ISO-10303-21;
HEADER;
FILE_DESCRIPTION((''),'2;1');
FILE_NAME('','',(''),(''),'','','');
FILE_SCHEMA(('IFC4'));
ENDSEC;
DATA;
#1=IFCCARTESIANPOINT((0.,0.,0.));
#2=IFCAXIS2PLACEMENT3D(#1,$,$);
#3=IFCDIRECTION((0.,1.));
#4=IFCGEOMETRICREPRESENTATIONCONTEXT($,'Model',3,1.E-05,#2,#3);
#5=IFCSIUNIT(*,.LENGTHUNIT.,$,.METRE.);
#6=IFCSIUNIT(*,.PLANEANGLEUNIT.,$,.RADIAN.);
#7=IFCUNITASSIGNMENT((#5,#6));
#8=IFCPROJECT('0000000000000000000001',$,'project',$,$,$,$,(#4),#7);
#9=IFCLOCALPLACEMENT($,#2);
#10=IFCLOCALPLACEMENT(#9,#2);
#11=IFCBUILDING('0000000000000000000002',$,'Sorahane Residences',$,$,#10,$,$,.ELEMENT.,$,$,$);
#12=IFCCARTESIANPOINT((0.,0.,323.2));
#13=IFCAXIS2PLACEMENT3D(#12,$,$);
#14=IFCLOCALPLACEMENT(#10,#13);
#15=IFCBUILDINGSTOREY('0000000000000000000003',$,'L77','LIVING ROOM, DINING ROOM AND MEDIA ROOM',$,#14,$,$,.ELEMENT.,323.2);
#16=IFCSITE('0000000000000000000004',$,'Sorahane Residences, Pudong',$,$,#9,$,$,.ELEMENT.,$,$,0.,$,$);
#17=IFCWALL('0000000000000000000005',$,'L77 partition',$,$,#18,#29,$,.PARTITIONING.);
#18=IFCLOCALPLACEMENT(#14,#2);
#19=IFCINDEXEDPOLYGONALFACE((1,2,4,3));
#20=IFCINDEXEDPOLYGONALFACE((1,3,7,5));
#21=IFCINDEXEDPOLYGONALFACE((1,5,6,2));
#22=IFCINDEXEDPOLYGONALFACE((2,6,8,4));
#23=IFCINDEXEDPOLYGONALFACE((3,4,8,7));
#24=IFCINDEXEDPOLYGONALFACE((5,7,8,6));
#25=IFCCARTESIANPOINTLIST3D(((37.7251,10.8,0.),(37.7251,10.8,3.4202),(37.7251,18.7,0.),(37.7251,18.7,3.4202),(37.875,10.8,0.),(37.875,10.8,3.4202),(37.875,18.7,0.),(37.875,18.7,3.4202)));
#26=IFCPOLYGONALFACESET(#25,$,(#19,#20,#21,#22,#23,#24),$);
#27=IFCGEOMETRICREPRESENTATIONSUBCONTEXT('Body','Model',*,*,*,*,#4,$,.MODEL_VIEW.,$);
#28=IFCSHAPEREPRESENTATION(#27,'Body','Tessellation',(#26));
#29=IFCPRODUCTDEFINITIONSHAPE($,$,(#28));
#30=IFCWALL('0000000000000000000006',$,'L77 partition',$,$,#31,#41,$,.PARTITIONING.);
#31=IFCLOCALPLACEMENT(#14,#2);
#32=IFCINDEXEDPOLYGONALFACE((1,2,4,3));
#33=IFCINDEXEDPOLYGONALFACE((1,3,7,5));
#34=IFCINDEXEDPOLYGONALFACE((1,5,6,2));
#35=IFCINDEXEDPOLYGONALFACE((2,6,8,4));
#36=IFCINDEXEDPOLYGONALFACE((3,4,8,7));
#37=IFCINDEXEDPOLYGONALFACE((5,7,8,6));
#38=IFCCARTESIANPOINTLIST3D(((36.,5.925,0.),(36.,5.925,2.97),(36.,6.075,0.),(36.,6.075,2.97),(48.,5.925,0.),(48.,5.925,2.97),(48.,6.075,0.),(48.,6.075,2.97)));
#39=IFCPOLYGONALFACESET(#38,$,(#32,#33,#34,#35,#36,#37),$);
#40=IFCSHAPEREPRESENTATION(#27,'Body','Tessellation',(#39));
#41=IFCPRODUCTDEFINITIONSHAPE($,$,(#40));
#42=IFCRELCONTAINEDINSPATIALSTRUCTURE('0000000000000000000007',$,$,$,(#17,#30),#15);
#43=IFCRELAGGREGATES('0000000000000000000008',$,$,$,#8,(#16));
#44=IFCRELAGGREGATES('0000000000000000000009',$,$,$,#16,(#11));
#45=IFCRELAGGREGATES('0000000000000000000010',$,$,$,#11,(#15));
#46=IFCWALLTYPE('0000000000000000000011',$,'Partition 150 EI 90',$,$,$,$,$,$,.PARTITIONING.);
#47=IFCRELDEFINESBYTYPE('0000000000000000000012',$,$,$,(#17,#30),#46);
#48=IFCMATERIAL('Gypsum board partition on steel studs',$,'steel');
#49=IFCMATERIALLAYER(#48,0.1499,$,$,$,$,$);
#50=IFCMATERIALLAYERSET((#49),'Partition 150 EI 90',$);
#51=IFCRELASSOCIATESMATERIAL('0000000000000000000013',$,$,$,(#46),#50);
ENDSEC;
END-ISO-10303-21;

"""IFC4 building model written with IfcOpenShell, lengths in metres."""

from ifc_helpers import new_model, si_unit, direction, frame, frame_2d, origin, place, context, subcontext, project, spatial, rectangle, extrude, material, layer, layer_set, type_object, element, save


model = new_model("IFC4")

# Units and contexts
model_context = context("Model", 3, precision=1e-05, world=origin(), true_north=direction((0.0, 1.0)))
body_context = subcontext(model_context, "Body", "Model", "MODEL_VIEW")
ifc_project = project(units=[si_unit("LENGTHUNIT", "METRE"), si_unit("PLANEANGLEUNIT", "RADIAN")], contexts=[model_context])

# Site, building, storey
site_placement = place(None, origin())
site = spatial("IfcSite", under=ifc_project, at=site_placement, Name="Sorahane Residences, Pudong", CompositionType="ELEMENT", RefElevation=0.0)
building_placement = place(site_placement, origin())
building = spatial("IfcBuilding", under=site, at=building_placement, Name="Sorahane Residences", CompositionType="ELEMENT")
storey_placement = place(building_placement, frame((0.0, 0.0, 323.2)))
storey = spatial("IfcBuildingStorey", under=building, at=storey_placement, Name="L77", Description="LIVING ROOM, DINING ROOM AND MEDIA ROOM", CompositionType="ELEMENT", Elevation=323.2)

# Shared definitions
ifc_material_1 = material(Name="Gypsum board partition on steel studs", Category="steel")
ifc_layer_1 = layer(ifc_material_1, 0.1499)
ifc_layer_set_1 = layer_set([ifc_layer_1], Name="Partition 150 EI 90")
wall_type = type_object("IfcWallType", Name="Partition 150 EI 90", PredefinedType="PARTITIONING", material=ifc_layer_set_1)

# Walls
wall_1_placement = place(storey_placement, frame((37.8, 10.8, 0.0), z_axis=(0.0, 0.0, 1.0), x_axis=(0.0, 1.0, 0.0)))
element("IfcWall", 1, at=wall_1_placement, inside=storey, type_object=wall_type, Name="L77 partition", PredefinedType="PARTITIONING", context=body_context, shape_type="SweptSolid", body=[
    extrude(rectangle(XDim=7.8999, YDim=0.1499, at=frame_2d((3.95, 0.0))), origin(), (0.0, 0.0, 1.0), 3.4202),
])
wall_2_placement = place(storey_placement, frame((36.0, 6.0, 0.0), z_axis=(0.0, 0.0, 1.0), x_axis=(1.0, 0.0, 0.0)))
element("IfcWall", 2, at=wall_2_placement, inside=storey, type_object=wall_type, Name="L77 partition", PredefinedType="PARTITIONING", context=body_context, shape_type="SweptSolid", body=[
    extrude(rectangle(XDim=12.0, YDim=0.1499, at=frame_2d((6.0, 0.0))), origin(), (0.0, 0.0, 1.0), 2.97),
])

save(model, "model.ifc")
